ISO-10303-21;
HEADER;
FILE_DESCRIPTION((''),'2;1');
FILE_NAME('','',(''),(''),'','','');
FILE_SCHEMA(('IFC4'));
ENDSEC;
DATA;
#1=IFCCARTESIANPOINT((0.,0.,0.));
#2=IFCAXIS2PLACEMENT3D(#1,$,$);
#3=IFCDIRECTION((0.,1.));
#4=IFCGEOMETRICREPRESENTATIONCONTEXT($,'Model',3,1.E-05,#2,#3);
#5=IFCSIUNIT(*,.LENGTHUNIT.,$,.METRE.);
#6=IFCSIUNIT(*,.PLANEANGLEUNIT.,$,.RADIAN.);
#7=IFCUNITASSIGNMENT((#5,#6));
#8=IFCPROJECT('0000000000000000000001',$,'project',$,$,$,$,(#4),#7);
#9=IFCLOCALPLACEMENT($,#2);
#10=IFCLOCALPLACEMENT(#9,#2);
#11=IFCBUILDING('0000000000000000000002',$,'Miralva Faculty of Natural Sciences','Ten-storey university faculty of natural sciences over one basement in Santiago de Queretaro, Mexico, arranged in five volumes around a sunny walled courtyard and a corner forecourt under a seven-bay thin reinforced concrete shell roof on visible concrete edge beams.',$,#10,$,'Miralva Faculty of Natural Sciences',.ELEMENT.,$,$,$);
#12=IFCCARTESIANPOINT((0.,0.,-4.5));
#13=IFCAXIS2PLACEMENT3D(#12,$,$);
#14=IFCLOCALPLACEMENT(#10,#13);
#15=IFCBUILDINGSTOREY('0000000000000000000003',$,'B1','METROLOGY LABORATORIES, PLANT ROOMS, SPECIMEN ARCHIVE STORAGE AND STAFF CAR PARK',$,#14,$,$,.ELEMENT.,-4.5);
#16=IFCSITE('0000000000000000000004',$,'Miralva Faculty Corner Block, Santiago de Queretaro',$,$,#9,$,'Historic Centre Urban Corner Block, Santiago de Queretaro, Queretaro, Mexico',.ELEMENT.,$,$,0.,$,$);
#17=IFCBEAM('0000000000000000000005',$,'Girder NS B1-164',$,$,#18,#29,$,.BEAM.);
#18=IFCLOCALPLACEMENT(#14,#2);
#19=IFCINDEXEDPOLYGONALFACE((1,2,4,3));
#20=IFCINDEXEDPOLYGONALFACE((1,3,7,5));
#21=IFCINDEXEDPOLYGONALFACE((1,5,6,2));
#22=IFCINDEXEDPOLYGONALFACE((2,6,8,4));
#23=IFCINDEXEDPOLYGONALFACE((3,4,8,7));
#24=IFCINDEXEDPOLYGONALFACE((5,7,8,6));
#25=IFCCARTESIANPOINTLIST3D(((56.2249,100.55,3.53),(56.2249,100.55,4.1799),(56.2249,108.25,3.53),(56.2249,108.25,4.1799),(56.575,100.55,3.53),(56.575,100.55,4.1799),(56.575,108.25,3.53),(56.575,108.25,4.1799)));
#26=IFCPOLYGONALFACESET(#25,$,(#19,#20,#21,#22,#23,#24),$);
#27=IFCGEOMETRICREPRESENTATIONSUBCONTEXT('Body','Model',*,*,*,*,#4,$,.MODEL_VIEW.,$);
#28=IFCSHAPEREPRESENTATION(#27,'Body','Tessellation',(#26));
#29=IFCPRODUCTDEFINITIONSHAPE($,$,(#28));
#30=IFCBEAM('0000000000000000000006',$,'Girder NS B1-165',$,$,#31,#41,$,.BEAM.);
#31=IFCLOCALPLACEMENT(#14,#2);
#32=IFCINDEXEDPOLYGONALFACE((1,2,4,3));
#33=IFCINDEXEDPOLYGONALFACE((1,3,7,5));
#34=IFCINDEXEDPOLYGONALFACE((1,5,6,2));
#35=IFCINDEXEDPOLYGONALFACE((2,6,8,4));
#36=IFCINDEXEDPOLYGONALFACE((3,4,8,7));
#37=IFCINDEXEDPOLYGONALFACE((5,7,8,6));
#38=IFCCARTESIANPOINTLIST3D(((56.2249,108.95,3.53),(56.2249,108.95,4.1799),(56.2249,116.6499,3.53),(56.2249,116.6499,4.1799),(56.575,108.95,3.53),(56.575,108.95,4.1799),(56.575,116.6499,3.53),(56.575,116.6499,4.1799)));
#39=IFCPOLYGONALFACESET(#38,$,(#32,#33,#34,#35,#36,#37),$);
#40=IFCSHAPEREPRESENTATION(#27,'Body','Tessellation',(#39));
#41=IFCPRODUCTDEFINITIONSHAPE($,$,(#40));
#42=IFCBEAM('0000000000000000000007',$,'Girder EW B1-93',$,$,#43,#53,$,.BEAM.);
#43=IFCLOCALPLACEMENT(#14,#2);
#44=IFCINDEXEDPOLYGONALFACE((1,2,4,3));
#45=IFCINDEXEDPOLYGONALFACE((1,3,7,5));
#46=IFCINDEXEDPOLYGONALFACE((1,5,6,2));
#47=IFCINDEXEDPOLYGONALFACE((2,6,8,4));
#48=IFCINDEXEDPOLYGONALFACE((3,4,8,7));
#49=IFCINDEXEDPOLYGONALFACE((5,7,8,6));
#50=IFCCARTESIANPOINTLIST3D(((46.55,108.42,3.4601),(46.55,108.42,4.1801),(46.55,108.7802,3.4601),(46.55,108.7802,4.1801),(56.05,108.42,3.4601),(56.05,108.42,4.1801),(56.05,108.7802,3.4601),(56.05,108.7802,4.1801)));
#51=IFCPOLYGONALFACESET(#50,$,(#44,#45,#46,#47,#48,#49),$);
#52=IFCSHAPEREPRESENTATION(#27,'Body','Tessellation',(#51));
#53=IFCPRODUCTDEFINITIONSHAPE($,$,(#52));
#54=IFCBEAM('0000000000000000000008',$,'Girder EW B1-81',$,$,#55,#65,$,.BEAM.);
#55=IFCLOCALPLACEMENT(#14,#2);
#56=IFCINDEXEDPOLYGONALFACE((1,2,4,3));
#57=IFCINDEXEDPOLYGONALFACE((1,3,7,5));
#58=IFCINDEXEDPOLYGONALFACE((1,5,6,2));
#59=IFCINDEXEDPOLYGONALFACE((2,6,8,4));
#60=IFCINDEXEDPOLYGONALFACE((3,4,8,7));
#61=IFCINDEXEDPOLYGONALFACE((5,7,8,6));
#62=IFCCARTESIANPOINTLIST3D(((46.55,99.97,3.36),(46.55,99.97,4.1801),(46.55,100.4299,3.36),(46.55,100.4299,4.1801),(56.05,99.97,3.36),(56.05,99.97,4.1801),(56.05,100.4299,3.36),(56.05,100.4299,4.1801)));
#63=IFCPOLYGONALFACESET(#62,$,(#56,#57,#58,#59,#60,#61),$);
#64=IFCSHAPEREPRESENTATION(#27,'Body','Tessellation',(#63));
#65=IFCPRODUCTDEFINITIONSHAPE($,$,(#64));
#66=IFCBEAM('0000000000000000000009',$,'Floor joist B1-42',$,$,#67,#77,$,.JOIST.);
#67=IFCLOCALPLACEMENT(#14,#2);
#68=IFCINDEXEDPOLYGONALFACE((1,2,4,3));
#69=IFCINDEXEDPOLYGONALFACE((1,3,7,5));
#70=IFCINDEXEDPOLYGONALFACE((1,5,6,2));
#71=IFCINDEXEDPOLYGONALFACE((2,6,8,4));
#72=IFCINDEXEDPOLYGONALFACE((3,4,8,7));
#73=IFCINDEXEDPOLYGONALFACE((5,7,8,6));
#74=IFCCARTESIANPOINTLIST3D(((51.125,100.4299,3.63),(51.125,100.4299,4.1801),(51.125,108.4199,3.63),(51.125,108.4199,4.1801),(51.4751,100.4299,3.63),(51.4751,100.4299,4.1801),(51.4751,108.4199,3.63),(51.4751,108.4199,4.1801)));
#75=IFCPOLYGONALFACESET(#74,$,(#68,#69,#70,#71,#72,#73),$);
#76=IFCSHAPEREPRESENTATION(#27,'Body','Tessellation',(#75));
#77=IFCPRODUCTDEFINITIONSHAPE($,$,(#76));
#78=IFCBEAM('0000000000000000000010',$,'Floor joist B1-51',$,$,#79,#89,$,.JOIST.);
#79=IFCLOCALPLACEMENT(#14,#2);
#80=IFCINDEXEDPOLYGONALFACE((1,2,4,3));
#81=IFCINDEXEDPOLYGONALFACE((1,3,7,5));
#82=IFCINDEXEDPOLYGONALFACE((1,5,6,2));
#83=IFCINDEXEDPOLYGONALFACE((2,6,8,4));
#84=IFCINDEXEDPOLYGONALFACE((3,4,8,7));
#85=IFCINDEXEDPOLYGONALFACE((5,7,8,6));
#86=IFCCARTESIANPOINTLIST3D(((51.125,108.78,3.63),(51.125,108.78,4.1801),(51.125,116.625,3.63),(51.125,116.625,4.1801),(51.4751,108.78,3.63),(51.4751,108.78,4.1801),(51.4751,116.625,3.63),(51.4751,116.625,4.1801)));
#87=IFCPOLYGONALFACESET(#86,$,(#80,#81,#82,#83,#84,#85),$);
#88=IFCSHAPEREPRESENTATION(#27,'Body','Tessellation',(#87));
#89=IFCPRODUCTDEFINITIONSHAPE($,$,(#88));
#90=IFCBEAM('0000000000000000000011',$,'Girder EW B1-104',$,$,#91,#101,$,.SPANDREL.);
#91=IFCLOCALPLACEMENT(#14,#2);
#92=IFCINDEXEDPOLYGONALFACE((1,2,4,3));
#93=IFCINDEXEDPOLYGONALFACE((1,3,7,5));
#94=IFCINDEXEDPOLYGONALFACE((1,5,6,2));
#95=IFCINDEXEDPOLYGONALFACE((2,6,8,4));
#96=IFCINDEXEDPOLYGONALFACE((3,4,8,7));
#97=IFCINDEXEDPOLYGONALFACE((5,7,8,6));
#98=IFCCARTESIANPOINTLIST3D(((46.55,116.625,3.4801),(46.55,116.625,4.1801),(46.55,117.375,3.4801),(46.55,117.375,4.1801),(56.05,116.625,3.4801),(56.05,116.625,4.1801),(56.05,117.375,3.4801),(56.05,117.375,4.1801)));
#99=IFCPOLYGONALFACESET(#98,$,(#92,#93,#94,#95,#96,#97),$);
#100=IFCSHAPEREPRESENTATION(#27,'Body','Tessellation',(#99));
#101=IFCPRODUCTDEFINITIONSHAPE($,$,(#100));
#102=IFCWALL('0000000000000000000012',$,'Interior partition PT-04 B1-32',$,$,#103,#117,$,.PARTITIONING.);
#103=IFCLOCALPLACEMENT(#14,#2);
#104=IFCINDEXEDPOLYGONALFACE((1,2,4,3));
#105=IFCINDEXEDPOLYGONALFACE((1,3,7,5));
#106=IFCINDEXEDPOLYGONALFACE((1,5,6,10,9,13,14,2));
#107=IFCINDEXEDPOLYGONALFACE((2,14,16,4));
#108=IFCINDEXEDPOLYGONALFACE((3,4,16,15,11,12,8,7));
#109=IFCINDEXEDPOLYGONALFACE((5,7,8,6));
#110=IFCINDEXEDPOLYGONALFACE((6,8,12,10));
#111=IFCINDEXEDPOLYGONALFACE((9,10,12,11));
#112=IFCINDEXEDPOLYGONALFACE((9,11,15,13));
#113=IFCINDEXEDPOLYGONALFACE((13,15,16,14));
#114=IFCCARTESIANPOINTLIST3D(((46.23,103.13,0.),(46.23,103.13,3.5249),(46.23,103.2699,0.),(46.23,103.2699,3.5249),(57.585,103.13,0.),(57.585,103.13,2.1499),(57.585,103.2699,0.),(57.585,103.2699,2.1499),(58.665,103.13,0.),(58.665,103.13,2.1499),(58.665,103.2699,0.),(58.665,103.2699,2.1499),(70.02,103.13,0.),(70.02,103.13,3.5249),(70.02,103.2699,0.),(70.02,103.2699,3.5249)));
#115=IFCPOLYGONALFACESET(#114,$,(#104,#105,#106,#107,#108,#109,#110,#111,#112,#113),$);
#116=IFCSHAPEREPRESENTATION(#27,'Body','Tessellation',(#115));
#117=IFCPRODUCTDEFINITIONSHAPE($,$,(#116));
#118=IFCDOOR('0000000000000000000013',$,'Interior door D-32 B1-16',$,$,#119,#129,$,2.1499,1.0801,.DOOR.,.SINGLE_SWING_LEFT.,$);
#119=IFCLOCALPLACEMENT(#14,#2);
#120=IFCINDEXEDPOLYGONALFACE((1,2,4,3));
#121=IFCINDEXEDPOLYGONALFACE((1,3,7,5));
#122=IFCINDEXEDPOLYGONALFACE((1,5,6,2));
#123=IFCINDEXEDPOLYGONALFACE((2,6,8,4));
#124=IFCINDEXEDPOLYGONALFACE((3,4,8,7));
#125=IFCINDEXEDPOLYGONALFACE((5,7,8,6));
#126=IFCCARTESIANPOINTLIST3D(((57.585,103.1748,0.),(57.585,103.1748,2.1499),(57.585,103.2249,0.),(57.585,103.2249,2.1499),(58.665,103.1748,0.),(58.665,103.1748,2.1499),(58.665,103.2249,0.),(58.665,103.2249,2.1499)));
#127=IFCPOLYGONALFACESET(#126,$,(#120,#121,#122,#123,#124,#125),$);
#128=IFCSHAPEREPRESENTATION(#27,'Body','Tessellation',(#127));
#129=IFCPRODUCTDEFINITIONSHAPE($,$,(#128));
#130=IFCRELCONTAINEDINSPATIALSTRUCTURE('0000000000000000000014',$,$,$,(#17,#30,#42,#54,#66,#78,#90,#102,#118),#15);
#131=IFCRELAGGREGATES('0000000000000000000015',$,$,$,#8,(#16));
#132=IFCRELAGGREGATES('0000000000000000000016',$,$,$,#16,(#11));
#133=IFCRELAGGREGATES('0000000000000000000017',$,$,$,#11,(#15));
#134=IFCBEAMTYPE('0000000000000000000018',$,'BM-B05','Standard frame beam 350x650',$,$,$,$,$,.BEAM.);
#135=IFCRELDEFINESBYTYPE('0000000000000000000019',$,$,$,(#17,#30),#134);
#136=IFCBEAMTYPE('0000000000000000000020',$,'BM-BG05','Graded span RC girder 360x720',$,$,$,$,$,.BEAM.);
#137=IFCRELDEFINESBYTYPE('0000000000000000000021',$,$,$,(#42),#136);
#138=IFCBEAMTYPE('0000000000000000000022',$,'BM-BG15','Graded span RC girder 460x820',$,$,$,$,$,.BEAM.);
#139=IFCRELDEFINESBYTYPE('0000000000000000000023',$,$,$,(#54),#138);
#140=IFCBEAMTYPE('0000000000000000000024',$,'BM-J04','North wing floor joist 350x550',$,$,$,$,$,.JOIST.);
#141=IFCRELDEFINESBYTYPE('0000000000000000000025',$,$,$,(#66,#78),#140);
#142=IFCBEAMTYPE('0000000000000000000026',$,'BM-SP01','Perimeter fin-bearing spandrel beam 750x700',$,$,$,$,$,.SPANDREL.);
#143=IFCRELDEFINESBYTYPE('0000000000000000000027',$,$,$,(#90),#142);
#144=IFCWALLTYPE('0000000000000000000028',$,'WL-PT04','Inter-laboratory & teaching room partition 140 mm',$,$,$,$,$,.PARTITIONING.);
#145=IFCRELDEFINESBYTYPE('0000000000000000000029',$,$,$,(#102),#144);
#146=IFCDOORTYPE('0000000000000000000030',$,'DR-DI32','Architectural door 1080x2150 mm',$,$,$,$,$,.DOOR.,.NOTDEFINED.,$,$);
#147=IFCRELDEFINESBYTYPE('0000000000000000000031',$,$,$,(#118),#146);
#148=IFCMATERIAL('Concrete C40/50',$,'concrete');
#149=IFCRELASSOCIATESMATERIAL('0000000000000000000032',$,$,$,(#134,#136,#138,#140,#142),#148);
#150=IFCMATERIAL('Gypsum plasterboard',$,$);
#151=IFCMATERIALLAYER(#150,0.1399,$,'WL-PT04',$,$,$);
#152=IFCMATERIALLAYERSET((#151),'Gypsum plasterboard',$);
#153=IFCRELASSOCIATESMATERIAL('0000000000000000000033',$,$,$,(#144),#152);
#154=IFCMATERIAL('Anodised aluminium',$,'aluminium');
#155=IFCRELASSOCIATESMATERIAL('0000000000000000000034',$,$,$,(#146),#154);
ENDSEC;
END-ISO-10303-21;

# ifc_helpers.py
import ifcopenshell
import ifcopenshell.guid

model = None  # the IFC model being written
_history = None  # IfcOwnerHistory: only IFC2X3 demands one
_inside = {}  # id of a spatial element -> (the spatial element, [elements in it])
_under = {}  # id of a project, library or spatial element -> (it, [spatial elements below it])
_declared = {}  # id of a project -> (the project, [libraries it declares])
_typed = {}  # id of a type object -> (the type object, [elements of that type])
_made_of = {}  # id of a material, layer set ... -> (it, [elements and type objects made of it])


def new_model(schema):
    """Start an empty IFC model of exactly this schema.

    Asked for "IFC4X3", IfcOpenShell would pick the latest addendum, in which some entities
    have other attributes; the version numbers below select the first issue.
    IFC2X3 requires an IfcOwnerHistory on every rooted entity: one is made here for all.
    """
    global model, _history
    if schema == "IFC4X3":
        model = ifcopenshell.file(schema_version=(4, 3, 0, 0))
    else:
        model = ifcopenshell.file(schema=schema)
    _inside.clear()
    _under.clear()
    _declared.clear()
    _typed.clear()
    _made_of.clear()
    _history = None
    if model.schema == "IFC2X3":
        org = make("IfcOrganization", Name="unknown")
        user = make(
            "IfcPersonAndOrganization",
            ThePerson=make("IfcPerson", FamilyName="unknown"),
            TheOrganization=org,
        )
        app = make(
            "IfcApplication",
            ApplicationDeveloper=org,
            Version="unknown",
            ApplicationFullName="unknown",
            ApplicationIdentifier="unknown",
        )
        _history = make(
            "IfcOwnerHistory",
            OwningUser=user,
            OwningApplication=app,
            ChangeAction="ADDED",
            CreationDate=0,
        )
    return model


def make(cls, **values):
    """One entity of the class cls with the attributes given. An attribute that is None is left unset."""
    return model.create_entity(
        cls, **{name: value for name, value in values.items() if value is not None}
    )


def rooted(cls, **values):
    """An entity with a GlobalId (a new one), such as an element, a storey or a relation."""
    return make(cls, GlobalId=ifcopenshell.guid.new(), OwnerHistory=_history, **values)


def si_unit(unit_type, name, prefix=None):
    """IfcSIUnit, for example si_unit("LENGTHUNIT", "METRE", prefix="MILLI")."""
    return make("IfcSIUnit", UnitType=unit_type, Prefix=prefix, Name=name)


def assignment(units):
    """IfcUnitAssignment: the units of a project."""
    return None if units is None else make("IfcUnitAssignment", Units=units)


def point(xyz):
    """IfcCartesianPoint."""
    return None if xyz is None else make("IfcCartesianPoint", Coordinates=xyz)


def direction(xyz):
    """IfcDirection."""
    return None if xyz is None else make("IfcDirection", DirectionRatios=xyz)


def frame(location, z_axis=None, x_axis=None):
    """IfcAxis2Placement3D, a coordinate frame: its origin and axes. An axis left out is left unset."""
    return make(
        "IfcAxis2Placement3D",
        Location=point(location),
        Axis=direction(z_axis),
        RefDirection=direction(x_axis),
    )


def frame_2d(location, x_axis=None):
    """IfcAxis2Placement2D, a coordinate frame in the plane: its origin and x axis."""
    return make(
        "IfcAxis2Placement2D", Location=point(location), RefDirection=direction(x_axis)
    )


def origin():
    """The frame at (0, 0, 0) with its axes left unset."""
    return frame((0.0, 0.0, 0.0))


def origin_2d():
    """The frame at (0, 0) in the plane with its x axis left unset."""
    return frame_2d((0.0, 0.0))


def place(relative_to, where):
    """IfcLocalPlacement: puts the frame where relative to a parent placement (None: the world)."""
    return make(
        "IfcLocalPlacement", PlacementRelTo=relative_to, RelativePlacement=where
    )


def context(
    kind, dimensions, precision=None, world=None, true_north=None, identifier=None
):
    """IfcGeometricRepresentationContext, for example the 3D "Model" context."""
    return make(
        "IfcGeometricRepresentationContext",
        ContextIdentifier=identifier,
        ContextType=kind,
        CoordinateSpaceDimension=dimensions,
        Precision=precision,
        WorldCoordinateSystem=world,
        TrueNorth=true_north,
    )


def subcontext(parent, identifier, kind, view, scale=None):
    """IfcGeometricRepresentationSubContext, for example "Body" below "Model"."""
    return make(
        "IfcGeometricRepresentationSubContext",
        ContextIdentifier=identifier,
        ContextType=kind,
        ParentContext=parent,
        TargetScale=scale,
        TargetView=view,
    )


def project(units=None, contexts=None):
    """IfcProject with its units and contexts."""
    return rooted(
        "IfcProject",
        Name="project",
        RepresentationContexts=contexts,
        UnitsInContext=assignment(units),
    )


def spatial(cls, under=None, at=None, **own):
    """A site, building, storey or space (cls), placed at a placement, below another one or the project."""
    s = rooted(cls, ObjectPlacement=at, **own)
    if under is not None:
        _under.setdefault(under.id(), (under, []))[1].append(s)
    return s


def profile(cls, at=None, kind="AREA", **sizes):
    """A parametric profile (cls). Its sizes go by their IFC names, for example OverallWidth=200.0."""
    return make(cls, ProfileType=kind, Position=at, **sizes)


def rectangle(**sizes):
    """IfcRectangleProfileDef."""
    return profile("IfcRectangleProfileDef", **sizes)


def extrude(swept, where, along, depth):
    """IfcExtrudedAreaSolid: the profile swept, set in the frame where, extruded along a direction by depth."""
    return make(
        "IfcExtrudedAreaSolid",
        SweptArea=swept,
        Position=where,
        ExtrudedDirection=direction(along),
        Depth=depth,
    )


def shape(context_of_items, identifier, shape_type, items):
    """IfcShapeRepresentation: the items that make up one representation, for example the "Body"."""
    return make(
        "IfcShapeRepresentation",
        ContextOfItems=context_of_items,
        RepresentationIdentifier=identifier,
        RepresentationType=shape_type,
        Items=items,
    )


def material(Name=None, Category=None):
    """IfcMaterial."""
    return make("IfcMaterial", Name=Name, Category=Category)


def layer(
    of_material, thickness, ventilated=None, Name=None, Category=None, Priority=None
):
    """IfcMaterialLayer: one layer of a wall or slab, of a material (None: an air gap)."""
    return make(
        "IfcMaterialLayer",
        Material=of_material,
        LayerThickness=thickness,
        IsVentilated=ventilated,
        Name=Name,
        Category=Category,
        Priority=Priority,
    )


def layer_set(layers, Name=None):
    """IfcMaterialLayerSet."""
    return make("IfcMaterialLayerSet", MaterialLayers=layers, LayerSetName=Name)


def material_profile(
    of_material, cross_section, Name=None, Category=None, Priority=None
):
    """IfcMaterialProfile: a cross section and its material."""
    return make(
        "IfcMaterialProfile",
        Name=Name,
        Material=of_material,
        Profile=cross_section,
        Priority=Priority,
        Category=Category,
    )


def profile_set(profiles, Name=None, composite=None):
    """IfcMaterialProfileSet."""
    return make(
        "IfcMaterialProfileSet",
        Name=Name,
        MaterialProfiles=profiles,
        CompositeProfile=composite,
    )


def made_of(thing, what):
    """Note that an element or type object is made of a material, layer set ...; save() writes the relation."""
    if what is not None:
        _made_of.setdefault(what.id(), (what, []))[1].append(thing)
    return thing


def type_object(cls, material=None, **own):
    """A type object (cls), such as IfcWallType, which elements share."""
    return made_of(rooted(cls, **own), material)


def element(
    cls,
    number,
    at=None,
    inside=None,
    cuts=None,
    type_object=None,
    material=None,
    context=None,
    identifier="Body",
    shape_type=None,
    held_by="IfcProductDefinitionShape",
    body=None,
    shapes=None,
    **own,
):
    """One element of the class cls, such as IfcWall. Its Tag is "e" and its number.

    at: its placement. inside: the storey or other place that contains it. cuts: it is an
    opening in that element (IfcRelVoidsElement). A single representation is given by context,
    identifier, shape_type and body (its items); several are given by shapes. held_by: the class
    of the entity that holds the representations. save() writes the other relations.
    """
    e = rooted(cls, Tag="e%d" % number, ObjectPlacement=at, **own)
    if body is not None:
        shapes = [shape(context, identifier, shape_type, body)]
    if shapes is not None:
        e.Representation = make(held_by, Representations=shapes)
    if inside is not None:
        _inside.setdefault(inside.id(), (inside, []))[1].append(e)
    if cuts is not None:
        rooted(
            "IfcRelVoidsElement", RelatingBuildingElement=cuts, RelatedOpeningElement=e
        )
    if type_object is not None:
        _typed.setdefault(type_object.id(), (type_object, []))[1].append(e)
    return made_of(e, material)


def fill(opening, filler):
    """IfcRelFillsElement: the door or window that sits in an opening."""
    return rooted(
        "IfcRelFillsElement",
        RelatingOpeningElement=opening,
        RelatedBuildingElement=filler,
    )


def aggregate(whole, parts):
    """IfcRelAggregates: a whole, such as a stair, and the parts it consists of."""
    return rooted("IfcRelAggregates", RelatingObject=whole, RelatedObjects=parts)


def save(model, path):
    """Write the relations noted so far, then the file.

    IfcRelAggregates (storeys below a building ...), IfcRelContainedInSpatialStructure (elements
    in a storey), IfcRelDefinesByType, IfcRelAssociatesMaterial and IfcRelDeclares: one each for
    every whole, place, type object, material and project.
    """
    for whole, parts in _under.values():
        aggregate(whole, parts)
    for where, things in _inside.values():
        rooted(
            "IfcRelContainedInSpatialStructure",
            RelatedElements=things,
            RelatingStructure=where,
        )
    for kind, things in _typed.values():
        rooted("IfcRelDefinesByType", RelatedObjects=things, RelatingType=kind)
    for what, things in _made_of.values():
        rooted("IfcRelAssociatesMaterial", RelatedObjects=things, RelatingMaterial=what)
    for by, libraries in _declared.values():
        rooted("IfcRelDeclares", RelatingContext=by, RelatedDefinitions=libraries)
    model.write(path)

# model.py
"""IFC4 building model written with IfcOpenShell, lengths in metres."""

from ifc_helpers import new_model, si_unit, direction, frame, frame_2d, origin, origin_2d, place, context, subcontext, project, spatial, rectangle, extrude, material, layer, layer_set, material_profile, profile_set, type_object, element, fill, save


model = new_model("IFC4")

# Units and contexts
model_context = context("Model", 3, precision=1e-05, world=origin(), true_north=direction((0.0, 1.0)))
body_context = subcontext(model_context, "Body", "Model", "MODEL_VIEW")
ifc_project = project(units=[si_unit("LENGTHUNIT", "METRE"), si_unit("PLANEANGLEUNIT", "RADIAN")], contexts=[model_context])

# Site, building, storey
site_placement = place(None, origin())
site = spatial("IfcSite", under=ifc_project, at=site_placement, Name="Miralva Faculty Corner Block, Santiago de Queretaro", LongName="Historic Centre Urban Corner Block, Santiago de Queretaro, Queretaro, Mexico", CompositionType="ELEMENT", RefElevation=0.0)
building_placement = place(site_placement, origin())
building = spatial("IfcBuilding", under=site, at=building_placement, Name="Miralva Faculty of Natural Sciences", Description="Ten-storey university faculty of natural sciences over one basement in Santiago de Queretaro, Mexico, arranged in five volumes around a sunny walled courtyard and a corner forecourt under a seven-bay thin reinforced concrete shell roof on visible concrete edge beams.", LongName="Miralva Faculty of Natural Sciences", CompositionType="ELEMENT")
storey_placement = place(building_placement, frame((0.0, 0.0, -4.5)))
storey = spatial("IfcBuildingStorey", under=building, at=storey_placement, Name="B1", Description="METROLOGY LABORATORIES, PLANT ROOMS, SPECIMEN ARCHIVE STORAGE AND STAFF CAR PARK", CompositionType="ELEMENT", Elevation=-4.5)

# Shared definitions
ifc_material_1 = material(Name="Concrete C40/50", Category="concrete")

# Beams
ifc_material_profile_1 = material_profile(ifc_material_1, rectangle(XDim=0.3501, YDim=0.6499, at=origin_2d()), Name="RC 350x650")
ifc_profile_set_1 = profile_set([ifc_material_profile_1], Name="Concrete C40/50")
beam_type_1 = type_object("IfcBeamType", Name="BM-B05", Description="Standard frame beam 350x650", PredefinedType="BEAM", material=ifc_profile_set_1)
for number, where, z_axis, x_axis, name in (
    (1, (56.3999, 100.55, 3.855), (0.0, 1.0, 0.0), (-1.0, 0.0, 0.0), "Girder NS B1-164"),
    (2, (56.3999, 108.95, 3.855), (0.0, 1.0, 0.0), (-1.0, 0.0, 0.0), "Girder NS B1-165"),
):
    element("IfcBeam", number, at=place(storey_placement, frame(where, z_axis=z_axis, x_axis=x_axis)), inside=storey, type_object=beam_type_1, Name=name, PredefinedType="BEAM", context=body_context, shape_type="SweptSolid", body=[
        extrude(rectangle(XDim=0.3501, YDim=0.6499, at=origin_2d()), origin(), (0.0, 0.0, 1.0), 7.7),
    ])
ifc_material_profile_2 = material_profile(ifc_material_1, rectangle(XDim=0.3601, YDim=0.72, at=origin_2d()), Name="RC 360x720")
ifc_profile_set_2 = profile_set([ifc_material_profile_2], Name="Concrete C40/50")
beam_type_2 = type_object("IfcBeamType", Name="BM-BG05", Description="Graded span RC girder 360x720", PredefinedType="BEAM", material=ifc_profile_set_2)
beam_1_placement = place(storey_placement, frame((46.55, 108.6001, 3.8201), z_axis=(1.0, 0.0, 0.0), x_axis=(0.0, 1.0, 0.0)))
element("IfcBeam", 3, at=beam_1_placement, inside=storey, type_object=beam_type_2, Name="Girder EW B1-93", PredefinedType="BEAM", context=body_context, shape_type="SweptSolid", body=[
    extrude(rectangle(XDim=0.3601, YDim=0.72, at=origin_2d()), origin(), (0.0, 0.0, 1.0), 9.5),
])
ifc_material_profile_3 = material_profile(ifc_material_1, rectangle(XDim=0.46, YDim=0.8201, at=origin_2d()), Name="RC 460x820")
ifc_profile_set_3 = profile_set([ifc_material_profile_3], Name="Concrete C40/50")
beam_type_3 = type_object("IfcBeamType", Name="BM-BG15", Description="Graded span RC girder 460x820", PredefinedType="BEAM", material=ifc_profile_set_3)
beam_2_placement = place(storey_placement, frame((46.55, 100.2, 3.77), z_axis=(1.0, 0.0, 0.0), x_axis=(0.0, 1.0, 0.0)))
element("IfcBeam", 4, at=beam_2_placement, inside=storey, type_object=beam_type_3, Name="Girder EW B1-81", PredefinedType="BEAM", context=body_context, shape_type="SweptSolid", body=[
    extrude(rectangle(XDim=0.46, YDim=0.8201, at=origin_2d()), origin(), (0.0, 0.0, 1.0), 9.5),
])
ifc_material_profile_4 = material_profile(ifc_material_1, rectangle(XDim=0.3501, YDim=0.55, at=origin_2d()), Name="RC 350x550")
ifc_profile_set_4 = profile_set([ifc_material_profile_4], Name="Concrete C40/50")
beam_type_4 = type_object("IfcBeamType", Name="BM-J04", Description="North wing floor joist 350x550", PredefinedType="JOIST", material=ifc_profile_set_4)
beam_3_placement = place(storey_placement, frame((51.3, 100.4299, 3.905), z_axis=(0.0, 1.0, 0.0), x_axis=(-1.0, 0.0, 0.0)))
element("IfcBeam", 5, at=beam_3_placement, inside=storey, type_object=beam_type_4, Name="Floor joist B1-42", PredefinedType="JOIST", context=body_context, shape_type="SweptSolid", body=[
    extrude(rectangle(XDim=0.3501, YDim=0.55, at=origin_2d()), origin(), (0.0, 0.0, 1.0), 7.99),
])
beam_4_placement = place(storey_placement, frame((51.3, 108.78, 3.905), z_axis=(0.0, 1.0, 0.0), x_axis=(-1.0, 0.0, 0.0)))
element("IfcBeam", 6, at=beam_4_placement, inside=storey, type_object=beam_type_4, Name="Floor joist B1-51", PredefinedType="JOIST", context=body_context, shape_type="SweptSolid", body=[
    extrude(rectangle(XDim=0.3501, YDim=0.55, at=origin_2d()), origin(), (0.0, 0.0, 1.0), 7.845),
])
ifc_material_profile_5 = material_profile(ifc_material_1, rectangle(XDim=0.75, YDim=0.7, at=origin_2d()), Name="RC 750x700")
ifc_profile_set_5 = profile_set([ifc_material_profile_5], Name="Concrete C40/50")
beam_type_5 = type_object("IfcBeamType", Name="BM-SP01", Description="Perimeter fin-bearing spandrel beam 750x700", PredefinedType="SPANDREL", material=ifc_profile_set_5)
beam_5_placement = place(storey_placement, frame((46.55, 117.0, 3.8301), z_axis=(1.0, 0.0, 0.0), x_axis=(0.0, 1.0, 0.0)))
element("IfcBeam", 7, at=beam_5_placement, inside=storey, type_object=beam_type_5, Name="Girder EW B1-104", PredefinedType="SPANDREL", context=body_context, shape_type="SweptSolid", body=[
    extrude(rectangle(XDim=0.75, YDim=0.7, at=origin_2d()), origin(), (0.0, 0.0, 1.0), 9.5),
])

# Wall, opening, door
ifc_material_2 = material(Name="Gypsum plasterboard")
ifc_layer_1 = layer(ifc_material_2, 0.1399, Name="WL-PT04")
ifc_layer_set_1 = layer_set([ifc_layer_1], Name="Gypsum plasterboard")
wall_type = type_object("IfcWallType", Name="WL-PT04", Description="Inter-laboratory & teaching room partition 140 mm", PredefinedType="PARTITIONING", material=ifc_layer_set_1)
wall_placement = place(storey_placement, frame((46.23, 103.2, 0.0), z_axis=(0.0, 0.0, 1.0), x_axis=(1.0, 0.0, 0.0)))
wall = element("IfcWall", 8, at=wall_placement, inside=storey, type_object=wall_type, Name="Interior partition PT-04 B1-32", PredefinedType="PARTITIONING", context=body_context, shape_type="SweptSolid", body=[
    extrude(rectangle(XDim=23.79, YDim=0.1399, at=frame_2d((11.895, 0.0))), origin(), (0.0, 0.0, 1.0), 3.5249),
])
opening_placement = place(wall_placement, frame((11.355, 0.0, 0.0)))
opening = element("IfcOpeningElement", 9, at=opening_placement, cuts=wall, PredefinedType="OPENING", context=body_context, shape_type="SweptSolid", body=[
    extrude(rectangle(XDim=1.0801, YDim=2.1499, at=frame_2d((0.54, 1.075))), frame((0.0, 0.0798, 0.0), z_axis=(0.0, -1.0, 0.0), x_axis=(1.0, 0.0, 0.0)), (0.0, 0.0, 1.0), 0.1599),
])
ifc_material_3 = material(Name="Anodised aluminium", Category="aluminium")
door_type = type_object("IfcDoorType", Name="DR-DI32", Description="Architectural door 1080x2150 mm", OperationType="NOTDEFINED", PredefinedType="DOOR", material=ifc_material_3)
door_placement = place(opening_placement, origin())
door = element("IfcDoor", 10, at=door_placement, inside=storey, type_object=door_type, Name="Interior door D-32 B1-16", OperationType="SINGLE_SWING_LEFT", OverallHeight=2.1499, OverallWidth=1.0801, PredefinedType="DOOR", context=body_context, shape_type="SweptSolid", body=[
    extrude(rectangle(XDim=1.0801, YDim=2.1499, at=frame_2d((0.54, 1.075))), frame((0.0, 0.0249, 0.0), z_axis=(0.0, -1.0, 0.0), x_axis=(1.0, 0.0, 0.0)), (0.0, 0.0, 1.0), 0.05),
])
fill(opening, door)

save(model, "model.ifc")
